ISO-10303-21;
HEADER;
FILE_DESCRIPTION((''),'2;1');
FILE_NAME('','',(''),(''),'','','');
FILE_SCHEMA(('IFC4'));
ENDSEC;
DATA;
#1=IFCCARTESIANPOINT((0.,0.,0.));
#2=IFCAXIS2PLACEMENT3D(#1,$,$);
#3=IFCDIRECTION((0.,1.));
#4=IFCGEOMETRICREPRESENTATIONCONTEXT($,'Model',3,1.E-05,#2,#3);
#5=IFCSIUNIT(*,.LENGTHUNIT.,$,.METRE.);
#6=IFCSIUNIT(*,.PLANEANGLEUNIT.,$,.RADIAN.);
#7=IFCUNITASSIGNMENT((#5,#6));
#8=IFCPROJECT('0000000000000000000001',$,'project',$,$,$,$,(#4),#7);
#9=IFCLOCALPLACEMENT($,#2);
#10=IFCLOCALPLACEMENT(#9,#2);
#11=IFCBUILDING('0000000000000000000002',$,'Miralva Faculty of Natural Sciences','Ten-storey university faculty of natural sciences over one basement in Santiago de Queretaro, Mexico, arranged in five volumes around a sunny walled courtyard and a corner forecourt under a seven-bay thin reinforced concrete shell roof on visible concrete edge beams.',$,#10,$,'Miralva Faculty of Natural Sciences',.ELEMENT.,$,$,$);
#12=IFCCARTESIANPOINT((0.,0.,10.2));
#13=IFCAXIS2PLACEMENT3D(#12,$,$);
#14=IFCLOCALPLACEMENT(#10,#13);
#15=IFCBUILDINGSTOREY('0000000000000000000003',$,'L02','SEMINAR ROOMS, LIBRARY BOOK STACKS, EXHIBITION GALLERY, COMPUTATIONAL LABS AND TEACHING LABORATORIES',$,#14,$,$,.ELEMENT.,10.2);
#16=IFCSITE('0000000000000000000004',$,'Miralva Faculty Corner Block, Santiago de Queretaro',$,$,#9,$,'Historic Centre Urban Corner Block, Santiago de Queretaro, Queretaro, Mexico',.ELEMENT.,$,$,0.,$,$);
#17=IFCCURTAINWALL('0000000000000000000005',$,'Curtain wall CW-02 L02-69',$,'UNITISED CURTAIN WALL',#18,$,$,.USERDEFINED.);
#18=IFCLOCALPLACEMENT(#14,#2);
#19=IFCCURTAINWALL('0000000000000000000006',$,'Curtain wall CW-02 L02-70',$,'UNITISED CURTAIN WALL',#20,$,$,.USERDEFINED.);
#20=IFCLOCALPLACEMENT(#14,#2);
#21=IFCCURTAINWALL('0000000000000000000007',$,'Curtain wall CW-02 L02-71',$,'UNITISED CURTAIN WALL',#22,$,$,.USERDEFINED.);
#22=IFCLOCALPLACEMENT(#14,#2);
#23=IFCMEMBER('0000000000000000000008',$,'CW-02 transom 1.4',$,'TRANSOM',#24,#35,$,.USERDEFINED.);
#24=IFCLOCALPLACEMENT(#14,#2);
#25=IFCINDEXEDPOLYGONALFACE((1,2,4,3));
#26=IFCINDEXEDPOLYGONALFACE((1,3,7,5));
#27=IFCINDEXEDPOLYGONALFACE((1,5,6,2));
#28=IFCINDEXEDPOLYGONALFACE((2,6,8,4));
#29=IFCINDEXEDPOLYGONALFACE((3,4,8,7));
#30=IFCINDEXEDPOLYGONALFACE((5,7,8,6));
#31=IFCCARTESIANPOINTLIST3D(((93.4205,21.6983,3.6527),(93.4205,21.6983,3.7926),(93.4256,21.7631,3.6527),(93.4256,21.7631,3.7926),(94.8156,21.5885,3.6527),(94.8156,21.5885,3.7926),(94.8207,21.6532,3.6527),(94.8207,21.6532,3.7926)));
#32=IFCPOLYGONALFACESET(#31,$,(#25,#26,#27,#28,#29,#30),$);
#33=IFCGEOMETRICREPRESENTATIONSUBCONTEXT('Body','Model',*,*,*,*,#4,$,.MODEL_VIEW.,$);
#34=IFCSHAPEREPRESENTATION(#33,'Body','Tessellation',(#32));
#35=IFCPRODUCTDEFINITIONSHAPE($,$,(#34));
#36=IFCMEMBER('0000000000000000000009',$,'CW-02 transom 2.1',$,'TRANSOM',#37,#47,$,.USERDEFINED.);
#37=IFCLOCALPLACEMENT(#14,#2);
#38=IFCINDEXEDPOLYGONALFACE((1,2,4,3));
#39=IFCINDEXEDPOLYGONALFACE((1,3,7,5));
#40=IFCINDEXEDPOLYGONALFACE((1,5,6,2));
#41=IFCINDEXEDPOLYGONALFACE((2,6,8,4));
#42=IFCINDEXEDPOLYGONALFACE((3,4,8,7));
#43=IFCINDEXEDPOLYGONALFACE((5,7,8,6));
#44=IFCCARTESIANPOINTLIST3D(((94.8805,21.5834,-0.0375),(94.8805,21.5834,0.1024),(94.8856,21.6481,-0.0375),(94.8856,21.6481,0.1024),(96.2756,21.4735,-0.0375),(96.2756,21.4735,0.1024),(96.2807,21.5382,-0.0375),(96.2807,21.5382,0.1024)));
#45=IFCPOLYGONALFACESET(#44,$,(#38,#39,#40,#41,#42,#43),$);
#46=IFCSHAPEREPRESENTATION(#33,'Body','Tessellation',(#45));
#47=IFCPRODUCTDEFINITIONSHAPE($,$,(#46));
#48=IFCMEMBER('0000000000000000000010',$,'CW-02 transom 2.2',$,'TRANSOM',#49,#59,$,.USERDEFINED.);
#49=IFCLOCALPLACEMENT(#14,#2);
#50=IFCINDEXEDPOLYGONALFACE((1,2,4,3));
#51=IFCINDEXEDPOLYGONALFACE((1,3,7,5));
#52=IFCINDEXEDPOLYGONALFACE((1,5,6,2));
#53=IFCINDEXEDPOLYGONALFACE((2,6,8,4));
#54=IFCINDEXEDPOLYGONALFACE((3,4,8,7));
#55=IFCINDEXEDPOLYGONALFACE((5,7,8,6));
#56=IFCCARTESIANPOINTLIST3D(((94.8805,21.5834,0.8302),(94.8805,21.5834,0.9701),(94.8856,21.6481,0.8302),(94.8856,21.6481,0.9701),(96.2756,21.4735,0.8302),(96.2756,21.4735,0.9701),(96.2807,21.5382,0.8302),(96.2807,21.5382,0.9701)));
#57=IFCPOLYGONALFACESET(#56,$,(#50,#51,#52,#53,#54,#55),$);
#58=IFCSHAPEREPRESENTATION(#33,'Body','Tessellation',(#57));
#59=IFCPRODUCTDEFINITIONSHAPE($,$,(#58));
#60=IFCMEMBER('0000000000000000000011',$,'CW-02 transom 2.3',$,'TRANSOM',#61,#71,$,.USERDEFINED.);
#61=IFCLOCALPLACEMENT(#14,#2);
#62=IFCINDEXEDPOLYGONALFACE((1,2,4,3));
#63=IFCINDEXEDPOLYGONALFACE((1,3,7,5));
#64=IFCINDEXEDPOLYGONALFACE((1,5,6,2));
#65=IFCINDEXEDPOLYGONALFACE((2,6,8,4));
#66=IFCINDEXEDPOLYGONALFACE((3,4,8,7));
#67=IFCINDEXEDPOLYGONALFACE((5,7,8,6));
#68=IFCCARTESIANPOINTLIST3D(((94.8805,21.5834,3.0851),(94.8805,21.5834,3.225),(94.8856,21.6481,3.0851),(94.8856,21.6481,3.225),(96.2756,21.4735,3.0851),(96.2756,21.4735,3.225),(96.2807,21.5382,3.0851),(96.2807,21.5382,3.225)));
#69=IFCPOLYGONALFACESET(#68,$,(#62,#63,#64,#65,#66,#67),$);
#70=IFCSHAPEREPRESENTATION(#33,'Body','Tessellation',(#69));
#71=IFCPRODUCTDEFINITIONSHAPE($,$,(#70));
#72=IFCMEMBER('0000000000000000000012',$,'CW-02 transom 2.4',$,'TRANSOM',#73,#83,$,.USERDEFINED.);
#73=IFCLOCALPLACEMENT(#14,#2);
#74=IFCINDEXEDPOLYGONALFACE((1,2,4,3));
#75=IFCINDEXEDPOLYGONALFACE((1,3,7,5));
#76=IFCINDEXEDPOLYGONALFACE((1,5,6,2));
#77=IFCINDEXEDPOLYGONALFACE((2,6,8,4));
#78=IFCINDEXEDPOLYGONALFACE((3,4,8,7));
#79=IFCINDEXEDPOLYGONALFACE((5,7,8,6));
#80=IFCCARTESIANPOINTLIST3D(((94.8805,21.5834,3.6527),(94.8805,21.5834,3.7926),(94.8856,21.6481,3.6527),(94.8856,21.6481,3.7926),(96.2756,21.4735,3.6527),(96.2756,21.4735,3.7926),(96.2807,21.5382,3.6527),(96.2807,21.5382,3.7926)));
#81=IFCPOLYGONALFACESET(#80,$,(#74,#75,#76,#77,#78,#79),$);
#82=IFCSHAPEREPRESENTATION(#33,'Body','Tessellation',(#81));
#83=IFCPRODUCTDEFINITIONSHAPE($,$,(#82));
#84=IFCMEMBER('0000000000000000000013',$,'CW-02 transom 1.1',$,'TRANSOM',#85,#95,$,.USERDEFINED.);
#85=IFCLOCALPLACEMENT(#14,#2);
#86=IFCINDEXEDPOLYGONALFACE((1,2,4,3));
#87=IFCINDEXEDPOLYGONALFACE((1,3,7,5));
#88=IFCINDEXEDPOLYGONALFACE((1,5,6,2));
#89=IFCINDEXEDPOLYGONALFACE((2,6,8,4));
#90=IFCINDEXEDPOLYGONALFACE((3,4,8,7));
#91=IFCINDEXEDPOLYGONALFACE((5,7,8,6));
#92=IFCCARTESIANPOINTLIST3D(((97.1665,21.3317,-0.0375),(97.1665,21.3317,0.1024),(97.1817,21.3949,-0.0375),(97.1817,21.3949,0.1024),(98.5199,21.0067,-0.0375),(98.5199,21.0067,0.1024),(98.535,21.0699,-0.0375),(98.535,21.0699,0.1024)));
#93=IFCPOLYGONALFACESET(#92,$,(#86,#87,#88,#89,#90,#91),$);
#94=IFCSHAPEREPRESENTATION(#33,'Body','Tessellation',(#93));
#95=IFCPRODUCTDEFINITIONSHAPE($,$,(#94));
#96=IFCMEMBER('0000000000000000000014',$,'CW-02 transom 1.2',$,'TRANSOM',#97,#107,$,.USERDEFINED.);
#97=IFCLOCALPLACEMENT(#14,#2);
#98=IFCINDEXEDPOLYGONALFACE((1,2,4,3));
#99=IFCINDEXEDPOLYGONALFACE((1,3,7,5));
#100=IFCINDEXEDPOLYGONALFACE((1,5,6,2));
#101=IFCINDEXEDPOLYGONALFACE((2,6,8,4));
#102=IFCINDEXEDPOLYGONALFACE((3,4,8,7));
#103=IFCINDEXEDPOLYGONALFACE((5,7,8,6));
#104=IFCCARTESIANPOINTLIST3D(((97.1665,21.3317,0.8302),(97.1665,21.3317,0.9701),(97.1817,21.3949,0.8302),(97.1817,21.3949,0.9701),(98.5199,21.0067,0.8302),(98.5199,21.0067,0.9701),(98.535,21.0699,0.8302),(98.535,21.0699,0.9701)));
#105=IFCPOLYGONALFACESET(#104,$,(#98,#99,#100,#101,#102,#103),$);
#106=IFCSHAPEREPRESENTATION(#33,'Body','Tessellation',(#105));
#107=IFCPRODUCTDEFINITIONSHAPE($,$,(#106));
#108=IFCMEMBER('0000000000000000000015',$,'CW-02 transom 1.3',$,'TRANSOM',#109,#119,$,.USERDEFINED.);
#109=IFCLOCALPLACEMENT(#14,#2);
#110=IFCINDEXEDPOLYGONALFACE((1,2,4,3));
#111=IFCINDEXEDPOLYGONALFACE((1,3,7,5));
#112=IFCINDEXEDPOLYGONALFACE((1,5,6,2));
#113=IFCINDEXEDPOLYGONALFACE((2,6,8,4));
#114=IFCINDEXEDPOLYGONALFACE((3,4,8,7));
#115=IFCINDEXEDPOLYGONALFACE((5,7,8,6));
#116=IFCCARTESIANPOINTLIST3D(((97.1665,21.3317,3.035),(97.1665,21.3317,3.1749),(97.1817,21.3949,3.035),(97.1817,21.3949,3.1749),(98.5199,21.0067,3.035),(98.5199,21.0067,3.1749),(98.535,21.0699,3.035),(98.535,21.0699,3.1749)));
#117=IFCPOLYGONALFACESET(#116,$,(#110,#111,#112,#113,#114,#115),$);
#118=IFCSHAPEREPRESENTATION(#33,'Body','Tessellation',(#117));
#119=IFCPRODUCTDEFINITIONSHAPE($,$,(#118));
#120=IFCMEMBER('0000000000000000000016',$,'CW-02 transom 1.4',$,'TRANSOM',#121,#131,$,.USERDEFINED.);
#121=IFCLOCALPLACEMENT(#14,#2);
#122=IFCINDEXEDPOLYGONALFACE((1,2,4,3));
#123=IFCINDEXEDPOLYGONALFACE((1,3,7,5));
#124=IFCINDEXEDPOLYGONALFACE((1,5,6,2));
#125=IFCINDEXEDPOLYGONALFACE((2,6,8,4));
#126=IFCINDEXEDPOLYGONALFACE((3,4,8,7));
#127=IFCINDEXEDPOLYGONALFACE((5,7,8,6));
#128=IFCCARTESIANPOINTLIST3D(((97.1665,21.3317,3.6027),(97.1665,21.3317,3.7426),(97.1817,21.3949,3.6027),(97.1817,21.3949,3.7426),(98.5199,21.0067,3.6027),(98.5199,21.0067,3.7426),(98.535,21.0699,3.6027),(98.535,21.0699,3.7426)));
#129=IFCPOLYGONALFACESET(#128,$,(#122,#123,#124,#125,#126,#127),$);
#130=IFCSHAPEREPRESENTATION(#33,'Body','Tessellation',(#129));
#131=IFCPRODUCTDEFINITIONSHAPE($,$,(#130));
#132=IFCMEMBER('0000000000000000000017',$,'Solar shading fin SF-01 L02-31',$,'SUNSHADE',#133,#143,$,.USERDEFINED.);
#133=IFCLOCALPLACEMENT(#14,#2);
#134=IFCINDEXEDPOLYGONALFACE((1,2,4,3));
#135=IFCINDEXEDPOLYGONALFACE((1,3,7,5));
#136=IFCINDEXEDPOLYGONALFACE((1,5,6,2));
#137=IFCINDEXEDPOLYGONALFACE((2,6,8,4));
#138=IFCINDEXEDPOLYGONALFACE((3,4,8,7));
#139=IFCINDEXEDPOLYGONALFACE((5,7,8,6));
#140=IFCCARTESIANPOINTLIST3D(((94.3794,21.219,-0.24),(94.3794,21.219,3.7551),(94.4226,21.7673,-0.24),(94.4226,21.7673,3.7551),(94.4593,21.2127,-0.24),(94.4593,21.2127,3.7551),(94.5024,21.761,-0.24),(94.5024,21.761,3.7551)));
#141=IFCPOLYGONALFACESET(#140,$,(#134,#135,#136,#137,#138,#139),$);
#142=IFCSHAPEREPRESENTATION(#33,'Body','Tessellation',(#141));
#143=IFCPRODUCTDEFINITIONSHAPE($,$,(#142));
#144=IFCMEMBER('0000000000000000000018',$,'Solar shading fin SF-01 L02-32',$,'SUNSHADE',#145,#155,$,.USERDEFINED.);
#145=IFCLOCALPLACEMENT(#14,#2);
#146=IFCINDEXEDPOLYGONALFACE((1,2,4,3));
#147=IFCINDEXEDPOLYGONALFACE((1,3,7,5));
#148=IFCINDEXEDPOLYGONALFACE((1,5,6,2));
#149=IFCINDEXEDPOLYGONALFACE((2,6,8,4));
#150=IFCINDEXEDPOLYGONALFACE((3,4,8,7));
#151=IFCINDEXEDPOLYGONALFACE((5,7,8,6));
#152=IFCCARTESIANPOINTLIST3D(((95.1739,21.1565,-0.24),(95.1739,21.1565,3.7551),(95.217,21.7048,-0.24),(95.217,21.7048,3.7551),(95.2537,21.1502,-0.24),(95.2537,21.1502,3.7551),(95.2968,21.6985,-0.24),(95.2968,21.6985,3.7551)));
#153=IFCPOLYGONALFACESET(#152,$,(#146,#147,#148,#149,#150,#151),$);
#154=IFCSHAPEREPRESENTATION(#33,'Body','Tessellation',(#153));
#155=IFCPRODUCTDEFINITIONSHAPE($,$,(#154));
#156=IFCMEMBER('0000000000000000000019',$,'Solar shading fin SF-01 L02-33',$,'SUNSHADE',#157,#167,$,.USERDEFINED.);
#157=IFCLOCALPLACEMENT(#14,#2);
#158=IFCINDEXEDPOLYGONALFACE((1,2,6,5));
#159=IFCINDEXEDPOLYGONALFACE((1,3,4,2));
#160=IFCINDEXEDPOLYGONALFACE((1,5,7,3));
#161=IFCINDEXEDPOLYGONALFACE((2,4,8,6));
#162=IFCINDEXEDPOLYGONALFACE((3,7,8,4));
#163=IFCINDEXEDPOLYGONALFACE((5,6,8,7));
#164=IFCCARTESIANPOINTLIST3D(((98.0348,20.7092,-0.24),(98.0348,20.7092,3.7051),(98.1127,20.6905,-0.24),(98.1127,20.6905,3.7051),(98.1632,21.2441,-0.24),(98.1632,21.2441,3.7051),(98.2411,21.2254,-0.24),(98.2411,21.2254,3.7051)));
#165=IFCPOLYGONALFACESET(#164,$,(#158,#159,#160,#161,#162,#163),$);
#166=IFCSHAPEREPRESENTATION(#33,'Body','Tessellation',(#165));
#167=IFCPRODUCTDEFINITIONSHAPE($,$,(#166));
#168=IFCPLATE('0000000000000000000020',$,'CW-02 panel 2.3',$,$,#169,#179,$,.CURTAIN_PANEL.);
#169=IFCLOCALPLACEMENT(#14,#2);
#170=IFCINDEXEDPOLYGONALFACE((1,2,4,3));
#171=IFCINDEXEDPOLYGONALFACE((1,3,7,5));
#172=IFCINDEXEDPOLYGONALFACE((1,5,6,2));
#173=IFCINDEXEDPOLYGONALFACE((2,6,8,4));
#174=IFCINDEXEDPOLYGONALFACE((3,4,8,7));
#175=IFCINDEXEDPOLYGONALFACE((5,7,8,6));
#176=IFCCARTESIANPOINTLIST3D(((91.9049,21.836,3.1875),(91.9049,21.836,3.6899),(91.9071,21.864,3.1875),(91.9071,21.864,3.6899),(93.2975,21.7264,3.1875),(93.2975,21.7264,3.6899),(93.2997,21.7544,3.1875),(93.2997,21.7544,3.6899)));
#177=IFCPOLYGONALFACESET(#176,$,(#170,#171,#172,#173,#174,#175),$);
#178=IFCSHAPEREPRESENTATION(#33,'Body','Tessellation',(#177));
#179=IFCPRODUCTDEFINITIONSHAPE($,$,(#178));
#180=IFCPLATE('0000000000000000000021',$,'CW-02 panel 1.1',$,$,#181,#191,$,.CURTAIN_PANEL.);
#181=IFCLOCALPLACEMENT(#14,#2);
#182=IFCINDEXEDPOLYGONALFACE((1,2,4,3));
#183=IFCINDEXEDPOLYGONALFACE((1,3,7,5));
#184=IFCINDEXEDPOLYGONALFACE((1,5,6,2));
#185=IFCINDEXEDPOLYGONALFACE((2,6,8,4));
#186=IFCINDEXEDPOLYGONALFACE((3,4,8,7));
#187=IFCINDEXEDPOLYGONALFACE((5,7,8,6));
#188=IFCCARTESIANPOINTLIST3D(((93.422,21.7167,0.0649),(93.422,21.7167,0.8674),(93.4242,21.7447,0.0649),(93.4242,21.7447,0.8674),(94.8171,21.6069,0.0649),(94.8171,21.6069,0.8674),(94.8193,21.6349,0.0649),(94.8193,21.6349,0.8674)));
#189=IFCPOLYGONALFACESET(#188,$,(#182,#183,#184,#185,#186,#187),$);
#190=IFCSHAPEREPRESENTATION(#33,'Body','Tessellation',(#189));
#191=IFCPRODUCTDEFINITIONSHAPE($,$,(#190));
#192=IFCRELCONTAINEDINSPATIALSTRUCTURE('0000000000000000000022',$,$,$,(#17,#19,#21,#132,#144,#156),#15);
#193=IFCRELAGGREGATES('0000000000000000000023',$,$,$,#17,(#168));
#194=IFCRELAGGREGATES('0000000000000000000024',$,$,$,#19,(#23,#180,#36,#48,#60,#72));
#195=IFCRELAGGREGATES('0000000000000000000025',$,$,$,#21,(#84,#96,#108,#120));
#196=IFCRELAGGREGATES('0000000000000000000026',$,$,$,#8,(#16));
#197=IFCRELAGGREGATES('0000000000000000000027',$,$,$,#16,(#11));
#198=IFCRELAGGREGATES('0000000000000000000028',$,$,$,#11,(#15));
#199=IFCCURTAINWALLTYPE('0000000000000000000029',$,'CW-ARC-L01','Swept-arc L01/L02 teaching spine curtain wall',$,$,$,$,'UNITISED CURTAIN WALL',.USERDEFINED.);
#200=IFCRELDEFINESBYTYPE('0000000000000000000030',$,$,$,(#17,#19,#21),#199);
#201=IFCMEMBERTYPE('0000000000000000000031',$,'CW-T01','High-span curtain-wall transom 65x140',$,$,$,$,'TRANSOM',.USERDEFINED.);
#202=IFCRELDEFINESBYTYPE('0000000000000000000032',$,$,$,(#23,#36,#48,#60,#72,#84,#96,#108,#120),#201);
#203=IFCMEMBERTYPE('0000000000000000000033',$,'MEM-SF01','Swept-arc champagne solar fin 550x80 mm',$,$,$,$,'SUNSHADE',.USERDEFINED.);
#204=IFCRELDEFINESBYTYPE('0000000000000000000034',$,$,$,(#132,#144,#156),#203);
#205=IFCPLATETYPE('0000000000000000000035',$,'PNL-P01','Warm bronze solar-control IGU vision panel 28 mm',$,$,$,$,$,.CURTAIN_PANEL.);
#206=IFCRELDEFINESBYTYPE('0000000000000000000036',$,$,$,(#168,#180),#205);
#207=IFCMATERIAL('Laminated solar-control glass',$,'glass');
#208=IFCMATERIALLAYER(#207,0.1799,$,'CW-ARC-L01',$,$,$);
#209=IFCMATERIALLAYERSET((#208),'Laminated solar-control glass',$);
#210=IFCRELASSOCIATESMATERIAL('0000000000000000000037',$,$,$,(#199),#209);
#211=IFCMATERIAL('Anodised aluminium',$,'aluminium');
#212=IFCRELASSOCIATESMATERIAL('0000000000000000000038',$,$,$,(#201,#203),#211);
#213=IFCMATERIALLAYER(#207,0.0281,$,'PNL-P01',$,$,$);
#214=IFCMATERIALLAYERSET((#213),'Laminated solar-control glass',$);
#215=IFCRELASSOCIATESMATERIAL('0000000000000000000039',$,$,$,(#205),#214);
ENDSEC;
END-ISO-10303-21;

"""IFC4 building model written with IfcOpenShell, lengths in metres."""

from ifc_helpers import new_model, si_unit, direction, frame, origin, origin_2d, place, context, subcontext, project, spatial, rectangle, extrude, material, layer, layer_set, material_profile, profile_set, type_object, element, aggregate, save


model = new_model("IFC4")

# Units and contexts
model_context = context("Model", 3, precision=1e-05, world=origin(), true_north=direction((0.0, 1.0)))
body_context = subcontext(model_context, "Body", "Model", "MODEL_VIEW")
ifc_project = project(units=[si_unit("LENGTHUNIT", "METRE"), si_unit("PLANEANGLEUNIT", "RADIAN")], contexts=[model_context])

# Site, building, storey
site_placement = place(None, origin())
site = spatial("IfcSite", under=ifc_project, at=site_placement, Name="Miralva Faculty Corner Block, Santiago de Queretaro", LongName="Historic Centre Urban Corner Block, Santiago de Queretaro, Queretaro, Mexico", CompositionType="ELEMENT", RefElevation=0.0)
building_placement = place(site_placement, origin())
building = spatial("IfcBuilding", under=site, at=building_placement, Name="Miralva Faculty of Natural Sciences", Description="Ten-storey university faculty of natural sciences over one basement in Santiago de Queretaro, Mexico, arranged in five volumes around a sunny walled courtyard and a corner forecourt under a seven-bay thin reinforced concrete shell roof on visible concrete edge beams.", LongName="Miralva Faculty of Natural Sciences", CompositionType="ELEMENT")
storey_placement = place(building_placement, frame((0.0, 0.0, 10.2)))
storey = spatial("IfcBuildingStorey", under=building, at=storey_placement, Name="L02", Description="SEMINAR ROOMS, LIBRARY BOOK STACKS, EXHIBITION GALLERY, COMPUTATIONAL LABS AND TEACHING LABORATORIES", CompositionType="ELEMENT", Elevation=10.2)

# Curtain wall
ifc_material_1 = material(Name="Laminated solar-control glass", Category="glass")
ifc_layer_1 = layer(ifc_material_1, 0.1799, Name="CW-ARC-L01")
ifc_layer_set_1 = layer_set([ifc_layer_1], Name="Laminated solar-control glass")
curtain_wall_type = type_object("IfcCurtainWallType", Name="CW-ARC-L01", Description="Swept-arc L01/L02 teaching spine curtain wall", ElementType="UNITISED CURTAIN WALL", PredefinedType="USERDEFINED", material=ifc_layer_set_1)
curtain_wall_1_placement = place(storey_placement, origin())
curtain_wall_1 = element("IfcCurtainWall", 1, at=curtain_wall_1_placement, inside=storey, type_object=curtain_wall_type, Name="Curtain wall CW-02 L02-69", ObjectType="UNITISED CURTAIN WALL", PredefinedType="USERDEFINED")
ifc_material_2 = material(Name="Anodised aluminium", Category="aluminium")

# Curtain wall
curtain_wall_2_placement = place(storey_placement, origin())
curtain_wall_2 = element("IfcCurtainWall", 2, at=curtain_wall_2_placement, inside=storey, type_object=curtain_wall_type, Name="Curtain wall CW-02 L02-70", ObjectType="UNITISED CURTAIN WALL", PredefinedType="USERDEFINED")

# Curtain wall
curtain_wall_3_placement = place(storey_placement, origin())
curtain_wall_3 = element("IfcCurtainWall", 3, at=curtain_wall_3_placement, inside=storey, type_object=curtain_wall_type, Name="Curtain wall CW-02 L02-71", ObjectType="UNITISED CURTAIN WALL", PredefinedType="USERDEFINED")

# Members
ifc_material_profile_1 = material_profile(ifc_material_2, rectangle(XDim=0.0649, YDim=0.1399, at=origin_2d()), Name="TRANSOM 65x140")
ifc_profile_set_1 = profile_set([ifc_material_profile_1], Name="Anodised aluminium")
member_type_1 = type_object("IfcMemberType", Name="CW-T01", Description="High-span curtain-wall transom 65x140", ElementType="TRANSOM", PredefinedType="USERDEFINED", material=ifc_profile_set_1)
member_1_placement = place(storey_placement, frame((93.4231, 21.7307, 3.7227), z_axis=(0.996913, -0.078511, 0.0), x_axis=(0.078511, 0.996913, 0.0)))
member_1 = element("IfcMember", 4, at=member_1_placement, type_object=member_type_1, Name="CW-02 transom 1.4", ObjectType="TRANSOM", PredefinedType="USERDEFINED", context=body_context, shape_type="SweptSolid", body=[
    extrude(rectangle(XDim=0.0649, YDim=0.1399, at=origin_2d()), origin(), (0.0, 0.0, 1.0), 1.3994),
])
member_2_placement = place(storey_placement, frame((94.8831, 21.6157, 0.0325), z_axis=(0.996913, -0.078511, 0.0), x_axis=(0.078511, 0.996913, 0.0)))
member_2 = element("IfcMember", 5, at=member_2_placement, type_object=member_type_1, Name="CW-02 transom 2.1", ObjectType="TRANSOM", PredefinedType="USERDEFINED", context=body_context, shape_type="SweptSolid", body=[
    extrude(rectangle(XDim=0.0649, YDim=0.1399, at=origin_2d()), origin(), (0.0, 0.0, 1.0), 1.3994),
])
member_3_placement = place(storey_placement, frame((94.8831, 21.6157, 0.9001), z_axis=(0.996913, -0.078511, 0.0), x_axis=(0.078511, 0.996913, 0.0)))
member_3 = element("IfcMember", 6, at=member_3_placement, type_object=member_type_1, Name="CW-02 transom 2.2", ObjectType="TRANSOM", PredefinedType="USERDEFINED", context=body_context, shape_type="SweptSolid", body=[
    extrude(rectangle(XDim=0.0649, YDim=0.1399, at=origin_2d()), origin(), (0.0, 0.0, 1.0), 1.3994),
])
member_4_placement = place(storey_placement, frame((94.8831, 21.6157, 3.155), z_axis=(0.996913, -0.078511, 0.0), x_axis=(0.078511, 0.996913, 0.0)))
member_4 = element("IfcMember", 7, at=member_4_placement, type_object=member_type_1, Name="CW-02 transom 2.3", ObjectType="TRANSOM", PredefinedType="USERDEFINED", context=body_context, shape_type="SweptSolid", body=[
    extrude(rectangle(XDim=0.0649, YDim=0.1399, at=origin_2d()), origin(), (0.0, 0.0, 1.0), 1.3994),
])
member_5_placement = place(storey_placement, frame((94.8831, 21.6157, 3.7227), z_axis=(0.996913, -0.078511, 0.0), x_axis=(0.078511, 0.996913, 0.0)))
member_5 = element("IfcMember", 8, at=member_5_placement, type_object=member_type_1, Name="CW-02 transom 2.4", ObjectType="TRANSOM", PredefinedType="USERDEFINED", context=body_context, shape_type="SweptSolid", body=[
    extrude(rectangle(XDim=0.0649, YDim=0.1399, at=origin_2d()), origin(), (0.0, 0.0, 1.0), 1.3994),
])
member_6_placement = place(storey_placement, frame((97.1741, 21.3633, 0.0325), z_axis=(0.97236, -0.233486, 0.0), x_axis=(0.233486, 0.97236, 0.0)))
member_6 = element("IfcMember", 9, at=member_6_placement, type_object=member_type_1, Name="CW-02 transom 1.1", ObjectType="TRANSOM", PredefinedType="USERDEFINED", context=body_context, shape_type="SweptSolid", body=[
    extrude(rectangle(XDim=0.0649, YDim=0.1399, at=origin_2d()), origin(), (0.0, 0.0, 1.0), 1.3918),
])
member_7_placement = place(storey_placement, frame((97.1741, 21.3633, 0.9001), z_axis=(0.97236, -0.233486, 0.0), x_axis=(0.233486, 0.97236, 0.0)))
member_7 = element("IfcMember", 10, at=member_7_placement, type_object=member_type_1, Name="CW-02 transom 1.2", ObjectType="TRANSOM", PredefinedType="USERDEFINED", context=body_context, shape_type="SweptSolid", body=[
    extrude(rectangle(XDim=0.0649, YDim=0.1399, at=origin_2d()), origin(), (0.0, 0.0, 1.0), 1.3918),
])
member_8_placement = place(storey_placement, frame((97.1741, 21.3633, 3.105), z_axis=(0.97236, -0.233486, 0.0), x_axis=(0.233486, 0.97236, 0.0)))
member_8 = element("IfcMember", 11, at=member_8_placement, type_object=member_type_1, Name="CW-02 transom 1.3", ObjectType="TRANSOM", PredefinedType="USERDEFINED", context=body_context, shape_type="SweptSolid", body=[
    extrude(rectangle(XDim=0.0649, YDim=0.1399, at=origin_2d()), origin(), (0.0, 0.0, 1.0), 1.3918),
])
member_9_placement = place(storey_placement, frame((97.1741, 21.3633, 3.6726), z_axis=(0.97236, -0.233486, 0.0), x_axis=(0.233486, 0.97236, 0.0)))
member_9 = element("IfcMember", 12, at=member_9_placement, type_object=member_type_1, Name="CW-02 transom 1.4", ObjectType="TRANSOM", PredefinedType="USERDEFINED", context=body_context, shape_type="SweptSolid", body=[
    extrude(rectangle(XDim=0.0649, YDim=0.1399, at=origin_2d()), origin(), (0.0, 0.0, 1.0), 1.3918),
])

# Members
ifc_material_profile_2 = material_profile(ifc_material_2, rectangle(XDim=0.0801, YDim=0.55, at=origin_2d()), Name="FIN 550x80")
ifc_profile_set_2 = profile_set([ifc_material_profile_2], Name="Anodised aluminium")
member_type_2 = type_object("IfcMemberType", Name="MEM-SF01", Description="Swept-arc champagne solar fin 550x80 mm", ElementType="SUNSHADE", PredefinedType="USERDEFINED", material=ifc_profile_set_2)
for number, where, z_axis, x_axis, name in (
    (13, (94.4409, 21.49, -0.24), (0.0, 0.0, 1.0), (0.996917, -0.078459, 0.0), "Solar shading fin SF-01 L02-31"),
    (14, (95.2354, 21.4275, -0.24), (0.0, 0.0, 1.0), (0.996917, -0.078459, 0.0), "Solar shading fin SF-01 L02-32"),
):
    element("IfcMember", number, at=place(storey_placement, frame(where, z_axis=z_axis, x_axis=x_axis)), inside=storey, type_object=member_type_2, Name=name, ObjectType="SUNSHADE", PredefinedType="USERDEFINED", context=body_context, shape_type="SweptSolid", body=[
        extrude(rectangle(XDim=0.0801, YDim=0.55, at=origin_2d()), origin(), (0.0, 0.0, 1.0), 3.9951),
    ])
member_10_placement = place(storey_placement, frame((98.1379, 20.9673, -0.24), z_axis=(0.0, 0.0, 1.0), x_axis=(0.97237, -0.233445, 0.0)))
element("IfcMember", 15, at=member_10_placement, inside=storey, type_object=member_type_2, Name="Solar shading fin SF-01 L02-33", ObjectType="SUNSHADE", PredefinedType="USERDEFINED", context=body_context, shape_type="SweptSolid", body=[
    extrude(rectangle(XDim=0.0801, YDim=0.55, at=origin_2d()), origin(), (0.0, 0.0, 1.0), 3.9451),
])

# Plates
ifc_layer_2 = layer(ifc_material_1, 0.0281, Name="PNL-P01")
ifc_layer_set_2 = layer_set([ifc_layer_2], Name="Laminated solar-control glass")
plate_type = type_object("IfcPlateType", Name="PNL-P01", Description="Warm bronze solar-control IGU vision panel 28 mm", PredefinedType="CURTAIN_PANEL", material=ifc_layer_set_2)
plate_1_placement = place(storey_placement, frame((92.6023, 21.7952, 3.1875), z_axis=(0.0, 0.0, 1.0), x_axis=(0.996917, -0.078462, 0.0)))
plate_1 = element("IfcPlate", 16, at=plate_1_placement, type_object=plate_type, Name="CW-02 panel 2.3", PredefinedType="CURTAIN_PANEL", context=body_context, shape_type="SweptSolid", body=[
    extrude(rectangle(XDim=1.397, YDim=0.0281, at=origin_2d()), origin(), (0.0, 0.0, 1.0), 0.5024),
])
aggregate(curtain_wall_1, [plate_1])
plate_2_placement = place(storey_placement, frame((94.1206, 21.6758, 0.0649), z_axis=(0.0, 0.0, 1.0), x_axis=(0.996917, -0.078461, 0.0)))
plate_2 = element("IfcPlate", 17, at=plate_2_placement, type_object=plate_type, Name="CW-02 panel 1.1", PredefinedType="CURTAIN_PANEL", context=body_context, shape_type="SweptSolid", body=[
    extrude(rectangle(XDim=1.3994, YDim=0.0281, at=origin_2d()), origin(), (0.0, 0.0, 1.0), 0.8025),
])
aggregate(curtain_wall_2, [member_1, plate_2, member_2, member_3, member_4, member_5])
aggregate(curtain_wall_3, [member_6, member_7, member_8, member_9])

save(model, "model.ifc")
